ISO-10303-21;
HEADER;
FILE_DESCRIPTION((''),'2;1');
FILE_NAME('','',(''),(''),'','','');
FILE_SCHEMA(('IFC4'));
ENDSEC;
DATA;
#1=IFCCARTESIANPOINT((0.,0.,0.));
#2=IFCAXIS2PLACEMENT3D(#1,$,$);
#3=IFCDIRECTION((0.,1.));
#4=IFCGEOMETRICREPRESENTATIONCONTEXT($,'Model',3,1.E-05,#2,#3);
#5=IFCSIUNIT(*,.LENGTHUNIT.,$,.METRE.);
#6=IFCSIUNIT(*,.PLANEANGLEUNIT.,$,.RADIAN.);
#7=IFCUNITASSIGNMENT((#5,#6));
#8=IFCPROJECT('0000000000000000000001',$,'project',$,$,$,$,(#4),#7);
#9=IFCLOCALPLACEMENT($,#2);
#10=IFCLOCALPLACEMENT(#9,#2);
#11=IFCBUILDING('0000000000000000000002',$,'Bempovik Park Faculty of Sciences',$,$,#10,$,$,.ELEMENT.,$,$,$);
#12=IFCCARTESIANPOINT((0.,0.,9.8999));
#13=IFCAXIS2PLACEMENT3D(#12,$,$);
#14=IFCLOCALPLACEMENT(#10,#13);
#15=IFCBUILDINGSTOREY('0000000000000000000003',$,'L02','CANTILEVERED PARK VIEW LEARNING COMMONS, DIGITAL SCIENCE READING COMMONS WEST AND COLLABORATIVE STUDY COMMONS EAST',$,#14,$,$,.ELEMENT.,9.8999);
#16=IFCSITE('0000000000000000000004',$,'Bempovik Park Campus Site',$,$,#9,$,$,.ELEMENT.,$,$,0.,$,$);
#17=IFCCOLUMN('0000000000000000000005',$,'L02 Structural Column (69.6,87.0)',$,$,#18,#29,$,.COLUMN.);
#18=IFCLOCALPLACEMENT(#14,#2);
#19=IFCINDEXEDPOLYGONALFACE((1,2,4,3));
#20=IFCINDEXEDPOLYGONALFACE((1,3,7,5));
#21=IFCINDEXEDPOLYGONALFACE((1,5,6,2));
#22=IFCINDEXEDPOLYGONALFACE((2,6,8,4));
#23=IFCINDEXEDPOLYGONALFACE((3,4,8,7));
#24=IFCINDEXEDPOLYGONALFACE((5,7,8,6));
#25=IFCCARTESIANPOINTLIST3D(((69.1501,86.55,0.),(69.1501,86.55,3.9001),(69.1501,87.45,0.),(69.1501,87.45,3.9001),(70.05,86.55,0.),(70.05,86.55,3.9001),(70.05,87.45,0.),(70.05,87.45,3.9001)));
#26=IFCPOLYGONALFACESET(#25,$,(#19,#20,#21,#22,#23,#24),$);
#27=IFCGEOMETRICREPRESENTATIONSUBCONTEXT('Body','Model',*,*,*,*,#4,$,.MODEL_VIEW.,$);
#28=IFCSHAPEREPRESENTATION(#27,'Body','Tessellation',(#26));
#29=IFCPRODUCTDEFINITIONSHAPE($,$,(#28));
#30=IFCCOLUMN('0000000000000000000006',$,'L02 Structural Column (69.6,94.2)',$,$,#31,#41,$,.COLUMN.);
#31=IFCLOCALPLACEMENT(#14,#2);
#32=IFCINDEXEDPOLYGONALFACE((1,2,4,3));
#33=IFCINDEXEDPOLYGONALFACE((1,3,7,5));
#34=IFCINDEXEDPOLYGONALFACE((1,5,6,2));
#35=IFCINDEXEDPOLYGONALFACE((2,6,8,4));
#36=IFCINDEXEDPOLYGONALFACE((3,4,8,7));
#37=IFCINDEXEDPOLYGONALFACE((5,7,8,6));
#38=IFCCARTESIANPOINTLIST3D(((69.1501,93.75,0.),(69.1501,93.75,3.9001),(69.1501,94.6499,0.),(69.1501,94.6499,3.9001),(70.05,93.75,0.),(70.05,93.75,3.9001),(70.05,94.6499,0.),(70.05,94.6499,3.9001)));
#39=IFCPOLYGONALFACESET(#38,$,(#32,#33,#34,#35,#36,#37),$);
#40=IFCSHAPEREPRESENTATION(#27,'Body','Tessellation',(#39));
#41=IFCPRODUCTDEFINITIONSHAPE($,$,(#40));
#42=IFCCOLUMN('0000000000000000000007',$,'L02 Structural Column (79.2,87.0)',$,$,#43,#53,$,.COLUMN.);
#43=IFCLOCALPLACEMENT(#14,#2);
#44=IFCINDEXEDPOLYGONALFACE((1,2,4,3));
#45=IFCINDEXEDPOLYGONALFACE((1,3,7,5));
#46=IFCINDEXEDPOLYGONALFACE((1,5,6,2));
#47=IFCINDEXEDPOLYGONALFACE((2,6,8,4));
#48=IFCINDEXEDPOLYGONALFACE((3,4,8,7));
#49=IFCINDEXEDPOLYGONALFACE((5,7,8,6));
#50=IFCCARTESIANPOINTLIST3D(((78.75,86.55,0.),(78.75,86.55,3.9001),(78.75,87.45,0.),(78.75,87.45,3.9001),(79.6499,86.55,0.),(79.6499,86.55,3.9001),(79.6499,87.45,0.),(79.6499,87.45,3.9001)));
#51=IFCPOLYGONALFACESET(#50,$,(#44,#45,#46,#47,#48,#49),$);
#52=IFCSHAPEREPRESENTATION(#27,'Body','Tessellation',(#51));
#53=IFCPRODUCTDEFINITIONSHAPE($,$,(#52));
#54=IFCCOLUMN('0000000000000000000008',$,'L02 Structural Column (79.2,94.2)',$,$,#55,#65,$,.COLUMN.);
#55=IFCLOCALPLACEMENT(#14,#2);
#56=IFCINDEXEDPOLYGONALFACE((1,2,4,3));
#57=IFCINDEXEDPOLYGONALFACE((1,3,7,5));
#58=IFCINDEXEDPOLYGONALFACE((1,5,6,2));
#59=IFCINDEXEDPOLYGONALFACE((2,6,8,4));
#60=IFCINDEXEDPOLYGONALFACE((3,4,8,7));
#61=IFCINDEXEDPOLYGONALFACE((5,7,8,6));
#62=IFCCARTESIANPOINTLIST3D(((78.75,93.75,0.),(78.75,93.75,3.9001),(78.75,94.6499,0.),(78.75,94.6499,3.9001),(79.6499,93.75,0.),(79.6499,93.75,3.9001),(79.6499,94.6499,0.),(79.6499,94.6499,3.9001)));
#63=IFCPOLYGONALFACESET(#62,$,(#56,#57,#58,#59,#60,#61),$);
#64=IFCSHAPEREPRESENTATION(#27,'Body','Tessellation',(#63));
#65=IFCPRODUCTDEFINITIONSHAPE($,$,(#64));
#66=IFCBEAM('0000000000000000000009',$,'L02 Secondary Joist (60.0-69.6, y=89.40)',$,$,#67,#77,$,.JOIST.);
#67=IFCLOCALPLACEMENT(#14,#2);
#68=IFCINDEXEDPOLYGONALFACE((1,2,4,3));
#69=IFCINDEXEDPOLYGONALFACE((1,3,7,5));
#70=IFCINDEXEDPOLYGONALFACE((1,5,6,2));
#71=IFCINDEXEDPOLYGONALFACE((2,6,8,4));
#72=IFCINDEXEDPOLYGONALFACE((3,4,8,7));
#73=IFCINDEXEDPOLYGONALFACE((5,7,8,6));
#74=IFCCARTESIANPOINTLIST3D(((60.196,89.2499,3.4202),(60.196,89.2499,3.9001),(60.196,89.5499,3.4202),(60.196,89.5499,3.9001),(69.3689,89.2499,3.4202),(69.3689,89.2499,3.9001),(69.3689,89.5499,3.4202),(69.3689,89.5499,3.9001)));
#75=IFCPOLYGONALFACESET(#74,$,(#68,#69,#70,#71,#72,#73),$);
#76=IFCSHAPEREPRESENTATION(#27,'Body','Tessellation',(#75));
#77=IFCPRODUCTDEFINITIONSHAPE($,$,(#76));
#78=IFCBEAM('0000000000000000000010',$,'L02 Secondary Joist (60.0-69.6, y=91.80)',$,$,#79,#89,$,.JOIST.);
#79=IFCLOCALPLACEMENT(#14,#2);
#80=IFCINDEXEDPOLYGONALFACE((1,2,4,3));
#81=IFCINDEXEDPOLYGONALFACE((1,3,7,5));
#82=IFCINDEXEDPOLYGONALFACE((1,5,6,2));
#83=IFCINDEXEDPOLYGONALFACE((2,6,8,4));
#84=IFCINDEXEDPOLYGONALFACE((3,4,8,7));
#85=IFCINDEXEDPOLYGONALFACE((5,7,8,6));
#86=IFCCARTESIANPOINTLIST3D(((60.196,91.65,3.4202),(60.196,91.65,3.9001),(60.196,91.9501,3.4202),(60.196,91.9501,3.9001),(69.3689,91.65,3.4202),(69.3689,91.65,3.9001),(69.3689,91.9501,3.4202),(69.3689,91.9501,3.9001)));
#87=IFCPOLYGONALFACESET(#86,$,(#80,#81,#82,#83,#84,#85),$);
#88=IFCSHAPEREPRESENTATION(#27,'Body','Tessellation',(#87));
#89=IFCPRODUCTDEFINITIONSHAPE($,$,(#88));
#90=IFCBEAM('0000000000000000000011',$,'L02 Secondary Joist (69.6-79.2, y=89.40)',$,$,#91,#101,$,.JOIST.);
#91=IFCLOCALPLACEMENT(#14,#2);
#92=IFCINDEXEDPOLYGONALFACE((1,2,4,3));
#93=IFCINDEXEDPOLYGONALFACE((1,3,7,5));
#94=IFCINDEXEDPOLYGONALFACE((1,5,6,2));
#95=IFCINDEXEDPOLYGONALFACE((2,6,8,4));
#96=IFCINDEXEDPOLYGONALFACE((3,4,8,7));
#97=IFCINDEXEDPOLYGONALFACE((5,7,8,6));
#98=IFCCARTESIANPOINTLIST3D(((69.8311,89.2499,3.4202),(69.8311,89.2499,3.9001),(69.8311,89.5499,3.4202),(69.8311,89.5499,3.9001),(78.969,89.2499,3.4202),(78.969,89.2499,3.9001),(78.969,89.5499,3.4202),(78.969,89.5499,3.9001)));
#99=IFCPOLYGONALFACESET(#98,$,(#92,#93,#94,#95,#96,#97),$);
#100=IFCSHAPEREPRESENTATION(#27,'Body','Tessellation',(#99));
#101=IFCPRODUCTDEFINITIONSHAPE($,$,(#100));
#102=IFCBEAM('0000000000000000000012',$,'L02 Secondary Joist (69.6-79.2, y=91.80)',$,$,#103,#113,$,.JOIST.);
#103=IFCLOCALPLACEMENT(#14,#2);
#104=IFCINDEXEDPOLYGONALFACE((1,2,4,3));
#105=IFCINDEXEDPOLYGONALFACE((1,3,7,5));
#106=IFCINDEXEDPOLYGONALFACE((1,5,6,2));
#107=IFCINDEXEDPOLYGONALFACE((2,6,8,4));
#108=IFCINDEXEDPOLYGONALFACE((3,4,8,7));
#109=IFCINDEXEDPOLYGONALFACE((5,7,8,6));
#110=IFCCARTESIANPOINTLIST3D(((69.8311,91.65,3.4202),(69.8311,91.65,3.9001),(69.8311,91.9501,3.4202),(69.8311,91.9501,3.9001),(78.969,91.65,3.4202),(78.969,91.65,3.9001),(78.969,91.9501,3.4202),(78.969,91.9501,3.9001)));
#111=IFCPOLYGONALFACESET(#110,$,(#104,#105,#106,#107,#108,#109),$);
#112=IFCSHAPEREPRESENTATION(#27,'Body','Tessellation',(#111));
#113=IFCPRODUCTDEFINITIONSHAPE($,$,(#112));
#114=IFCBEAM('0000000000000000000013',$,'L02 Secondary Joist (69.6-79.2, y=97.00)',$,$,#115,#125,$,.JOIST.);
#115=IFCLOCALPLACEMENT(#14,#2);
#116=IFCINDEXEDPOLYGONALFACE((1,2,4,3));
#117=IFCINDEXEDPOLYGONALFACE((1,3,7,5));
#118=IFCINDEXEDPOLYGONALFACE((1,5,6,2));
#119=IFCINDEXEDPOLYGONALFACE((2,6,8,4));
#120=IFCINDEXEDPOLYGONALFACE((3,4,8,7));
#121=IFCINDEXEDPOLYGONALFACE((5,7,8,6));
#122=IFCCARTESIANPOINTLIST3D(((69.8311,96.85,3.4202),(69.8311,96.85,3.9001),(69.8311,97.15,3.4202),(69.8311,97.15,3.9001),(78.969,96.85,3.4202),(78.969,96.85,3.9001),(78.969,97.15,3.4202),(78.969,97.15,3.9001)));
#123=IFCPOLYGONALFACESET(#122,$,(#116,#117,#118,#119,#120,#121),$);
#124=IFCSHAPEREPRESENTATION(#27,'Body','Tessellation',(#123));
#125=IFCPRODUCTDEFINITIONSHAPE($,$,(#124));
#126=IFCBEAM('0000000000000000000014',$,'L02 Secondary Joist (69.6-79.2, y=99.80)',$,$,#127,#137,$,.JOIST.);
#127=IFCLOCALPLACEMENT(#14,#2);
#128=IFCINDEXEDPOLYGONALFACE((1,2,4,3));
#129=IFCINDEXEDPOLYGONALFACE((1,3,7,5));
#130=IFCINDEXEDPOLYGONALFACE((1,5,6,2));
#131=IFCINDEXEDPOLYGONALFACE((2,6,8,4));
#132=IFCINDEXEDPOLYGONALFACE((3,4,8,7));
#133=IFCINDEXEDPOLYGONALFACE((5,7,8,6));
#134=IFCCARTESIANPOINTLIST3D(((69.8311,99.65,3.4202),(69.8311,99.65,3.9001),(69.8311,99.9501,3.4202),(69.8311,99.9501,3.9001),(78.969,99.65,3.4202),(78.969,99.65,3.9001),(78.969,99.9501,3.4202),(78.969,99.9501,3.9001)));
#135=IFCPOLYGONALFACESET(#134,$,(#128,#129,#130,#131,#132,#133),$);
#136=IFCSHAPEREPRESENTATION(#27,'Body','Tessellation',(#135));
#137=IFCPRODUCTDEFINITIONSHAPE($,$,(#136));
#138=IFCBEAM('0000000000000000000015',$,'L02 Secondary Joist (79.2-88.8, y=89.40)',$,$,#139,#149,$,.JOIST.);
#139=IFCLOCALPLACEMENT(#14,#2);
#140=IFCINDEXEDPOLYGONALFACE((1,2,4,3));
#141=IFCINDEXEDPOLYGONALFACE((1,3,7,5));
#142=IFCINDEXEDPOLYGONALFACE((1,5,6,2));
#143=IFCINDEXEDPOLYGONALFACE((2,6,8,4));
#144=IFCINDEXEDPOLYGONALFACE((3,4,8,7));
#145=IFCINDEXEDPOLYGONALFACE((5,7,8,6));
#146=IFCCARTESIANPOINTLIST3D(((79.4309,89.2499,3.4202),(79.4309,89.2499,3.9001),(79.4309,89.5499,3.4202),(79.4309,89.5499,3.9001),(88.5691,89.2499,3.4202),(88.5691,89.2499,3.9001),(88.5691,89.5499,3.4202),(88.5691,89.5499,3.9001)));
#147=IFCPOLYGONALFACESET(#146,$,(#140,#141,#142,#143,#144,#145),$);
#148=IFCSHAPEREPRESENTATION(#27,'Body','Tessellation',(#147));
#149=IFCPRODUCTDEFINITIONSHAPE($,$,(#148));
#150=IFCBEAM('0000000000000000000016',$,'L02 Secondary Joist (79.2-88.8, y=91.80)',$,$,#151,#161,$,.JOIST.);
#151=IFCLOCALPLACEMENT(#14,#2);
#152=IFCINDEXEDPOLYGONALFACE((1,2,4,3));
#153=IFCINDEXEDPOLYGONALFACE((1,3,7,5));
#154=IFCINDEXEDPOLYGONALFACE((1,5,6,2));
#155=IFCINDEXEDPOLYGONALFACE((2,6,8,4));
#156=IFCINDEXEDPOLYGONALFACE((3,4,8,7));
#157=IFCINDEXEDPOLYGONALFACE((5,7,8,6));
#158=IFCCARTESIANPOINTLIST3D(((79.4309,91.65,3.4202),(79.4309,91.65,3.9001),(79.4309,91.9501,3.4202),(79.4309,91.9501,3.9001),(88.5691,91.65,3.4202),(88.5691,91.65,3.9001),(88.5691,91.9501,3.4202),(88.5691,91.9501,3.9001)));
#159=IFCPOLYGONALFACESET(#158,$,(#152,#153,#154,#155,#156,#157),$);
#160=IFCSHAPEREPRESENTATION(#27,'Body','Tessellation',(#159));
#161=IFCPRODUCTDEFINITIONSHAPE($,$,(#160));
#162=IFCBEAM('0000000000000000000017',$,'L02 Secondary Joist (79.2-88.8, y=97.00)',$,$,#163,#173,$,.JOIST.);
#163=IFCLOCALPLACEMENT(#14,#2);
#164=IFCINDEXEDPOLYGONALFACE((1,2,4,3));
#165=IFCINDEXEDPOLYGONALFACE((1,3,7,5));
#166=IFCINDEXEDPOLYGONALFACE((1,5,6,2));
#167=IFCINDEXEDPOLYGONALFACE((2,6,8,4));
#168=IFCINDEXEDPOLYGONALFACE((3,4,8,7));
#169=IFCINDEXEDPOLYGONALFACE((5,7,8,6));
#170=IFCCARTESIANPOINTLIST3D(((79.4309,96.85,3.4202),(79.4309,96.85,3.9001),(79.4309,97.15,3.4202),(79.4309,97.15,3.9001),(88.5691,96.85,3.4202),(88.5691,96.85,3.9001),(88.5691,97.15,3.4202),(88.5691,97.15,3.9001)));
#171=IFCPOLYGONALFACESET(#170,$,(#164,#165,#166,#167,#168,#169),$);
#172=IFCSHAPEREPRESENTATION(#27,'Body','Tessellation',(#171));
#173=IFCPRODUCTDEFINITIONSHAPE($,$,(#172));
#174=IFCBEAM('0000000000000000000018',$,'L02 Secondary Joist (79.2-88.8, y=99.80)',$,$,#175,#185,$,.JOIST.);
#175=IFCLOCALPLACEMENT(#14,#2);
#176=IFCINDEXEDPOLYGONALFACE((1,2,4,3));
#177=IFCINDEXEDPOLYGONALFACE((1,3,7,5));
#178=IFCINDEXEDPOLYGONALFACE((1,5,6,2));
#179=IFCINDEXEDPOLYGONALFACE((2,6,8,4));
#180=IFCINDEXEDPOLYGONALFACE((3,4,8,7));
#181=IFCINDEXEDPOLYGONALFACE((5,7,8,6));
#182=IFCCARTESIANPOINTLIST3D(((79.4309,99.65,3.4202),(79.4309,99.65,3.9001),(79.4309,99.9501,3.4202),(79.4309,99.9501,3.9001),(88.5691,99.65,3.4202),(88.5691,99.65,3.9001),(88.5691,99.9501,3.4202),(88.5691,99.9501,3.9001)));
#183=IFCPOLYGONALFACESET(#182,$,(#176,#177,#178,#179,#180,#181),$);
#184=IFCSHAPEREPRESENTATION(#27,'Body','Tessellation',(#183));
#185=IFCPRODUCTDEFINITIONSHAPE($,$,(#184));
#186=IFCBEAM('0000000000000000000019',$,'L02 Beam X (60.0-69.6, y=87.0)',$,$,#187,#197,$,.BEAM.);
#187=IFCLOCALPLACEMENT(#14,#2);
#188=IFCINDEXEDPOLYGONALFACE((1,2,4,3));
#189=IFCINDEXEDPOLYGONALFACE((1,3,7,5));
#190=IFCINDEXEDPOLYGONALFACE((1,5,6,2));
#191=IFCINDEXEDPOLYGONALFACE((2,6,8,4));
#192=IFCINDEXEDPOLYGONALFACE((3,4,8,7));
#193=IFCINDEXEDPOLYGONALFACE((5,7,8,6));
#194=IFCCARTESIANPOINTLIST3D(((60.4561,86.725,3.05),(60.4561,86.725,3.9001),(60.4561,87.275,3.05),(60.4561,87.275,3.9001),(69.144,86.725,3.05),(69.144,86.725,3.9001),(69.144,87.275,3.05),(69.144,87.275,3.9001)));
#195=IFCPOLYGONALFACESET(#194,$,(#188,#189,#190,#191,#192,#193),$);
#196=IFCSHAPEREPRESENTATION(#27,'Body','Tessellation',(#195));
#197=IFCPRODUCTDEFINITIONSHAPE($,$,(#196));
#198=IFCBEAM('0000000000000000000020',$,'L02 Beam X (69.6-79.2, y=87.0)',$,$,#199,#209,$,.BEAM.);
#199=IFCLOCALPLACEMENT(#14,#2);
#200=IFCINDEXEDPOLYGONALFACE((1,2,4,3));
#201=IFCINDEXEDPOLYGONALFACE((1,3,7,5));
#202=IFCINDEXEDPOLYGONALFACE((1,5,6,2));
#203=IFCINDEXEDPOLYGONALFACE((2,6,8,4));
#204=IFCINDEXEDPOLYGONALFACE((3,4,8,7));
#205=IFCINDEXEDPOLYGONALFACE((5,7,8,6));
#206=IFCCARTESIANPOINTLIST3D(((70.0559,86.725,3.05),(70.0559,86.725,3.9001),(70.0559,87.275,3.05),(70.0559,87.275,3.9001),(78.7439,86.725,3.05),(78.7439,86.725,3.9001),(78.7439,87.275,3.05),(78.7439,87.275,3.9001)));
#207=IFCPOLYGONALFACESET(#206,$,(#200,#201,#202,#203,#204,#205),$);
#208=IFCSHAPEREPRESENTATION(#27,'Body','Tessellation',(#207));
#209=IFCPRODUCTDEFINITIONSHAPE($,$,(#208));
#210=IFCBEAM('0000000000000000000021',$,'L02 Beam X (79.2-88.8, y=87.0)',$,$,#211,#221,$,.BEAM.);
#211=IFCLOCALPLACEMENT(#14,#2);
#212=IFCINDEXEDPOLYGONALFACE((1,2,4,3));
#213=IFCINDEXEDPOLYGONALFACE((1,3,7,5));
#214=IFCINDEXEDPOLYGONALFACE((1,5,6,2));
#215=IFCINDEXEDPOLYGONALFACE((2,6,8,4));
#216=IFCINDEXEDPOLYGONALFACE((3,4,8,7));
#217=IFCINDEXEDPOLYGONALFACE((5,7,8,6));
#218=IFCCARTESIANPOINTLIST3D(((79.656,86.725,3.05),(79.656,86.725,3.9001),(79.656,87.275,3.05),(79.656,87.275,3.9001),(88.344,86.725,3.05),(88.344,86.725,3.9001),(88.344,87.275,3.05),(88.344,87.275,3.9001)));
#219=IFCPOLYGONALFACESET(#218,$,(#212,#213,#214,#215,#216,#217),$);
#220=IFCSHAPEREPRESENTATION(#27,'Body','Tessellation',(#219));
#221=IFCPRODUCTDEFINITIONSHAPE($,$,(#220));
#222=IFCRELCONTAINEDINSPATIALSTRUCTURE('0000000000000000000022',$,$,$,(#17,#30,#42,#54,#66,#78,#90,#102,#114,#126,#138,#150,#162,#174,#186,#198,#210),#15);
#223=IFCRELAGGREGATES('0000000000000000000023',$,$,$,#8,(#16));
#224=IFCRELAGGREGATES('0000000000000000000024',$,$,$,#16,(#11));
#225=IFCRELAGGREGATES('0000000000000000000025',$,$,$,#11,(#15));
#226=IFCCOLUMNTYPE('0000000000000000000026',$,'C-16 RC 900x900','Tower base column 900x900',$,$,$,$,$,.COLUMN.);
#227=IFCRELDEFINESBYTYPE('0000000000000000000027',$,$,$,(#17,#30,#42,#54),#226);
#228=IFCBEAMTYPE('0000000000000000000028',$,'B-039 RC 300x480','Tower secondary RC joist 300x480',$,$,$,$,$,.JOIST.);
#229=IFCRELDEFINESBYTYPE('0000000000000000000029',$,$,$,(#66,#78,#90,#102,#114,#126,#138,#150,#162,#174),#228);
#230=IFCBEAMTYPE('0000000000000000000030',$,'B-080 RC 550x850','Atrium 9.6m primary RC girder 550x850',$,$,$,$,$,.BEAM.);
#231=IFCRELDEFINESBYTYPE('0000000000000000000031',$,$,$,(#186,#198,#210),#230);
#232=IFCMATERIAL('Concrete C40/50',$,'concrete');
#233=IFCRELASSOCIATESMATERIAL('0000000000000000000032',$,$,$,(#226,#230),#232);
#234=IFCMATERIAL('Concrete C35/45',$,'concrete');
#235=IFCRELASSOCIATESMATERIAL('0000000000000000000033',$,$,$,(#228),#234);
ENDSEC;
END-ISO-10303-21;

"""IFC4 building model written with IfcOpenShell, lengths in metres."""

from ifc_helpers import new_model, si_unit, direction, frame, origin, origin_2d, place, context, subcontext, project, spatial, rectangle, extrude, material, material_profile, profile_set, type_object, element, save


model = new_model("IFC4")

# Units and contexts
model_context = context("Model", 3, precision=1e-05, world=origin(), true_north=direction((0.0, 1.0)))
body_context = subcontext(model_context, "Body", "Model", "MODEL_VIEW")
ifc_project = project(units=[si_unit("LENGTHUNIT", "METRE"), si_unit("PLANEANGLEUNIT", "RADIAN")], contexts=[model_context])

# Site, building, storey
site_placement = place(None, origin())
site = spatial("IfcSite", under=ifc_project, at=site_placement, Name="Bempovik Park Campus Site", CompositionType="ELEMENT", RefElevation=0.0)
building_placement = place(site_placement, origin())
building = spatial("IfcBuilding", under=site, at=building_placement, Name="Bempovik Park Faculty of Sciences", CompositionType="ELEMENT")
storey_placement = place(building_placement, frame((0.0, 0.0, 9.8999)))
storey = spatial("IfcBuildingStorey", under=building, at=storey_placement, Name="L02", Description="CANTILEVERED PARK VIEW LEARNING COMMONS, DIGITAL SCIENCE READING COMMONS WEST AND COLLABORATIVE STUDY COMMONS EAST", CompositionType="ELEMENT", Elevation=9.8999)

# Columns
ifc_material_1 = material(Name="Concrete C40/50", Category="concrete")
ifc_material_profile_1 = material_profile(ifc_material_1, rectangle(XDim=0.8999, YDim=0.8999, at=origin_2d()), Name="RC 900x900")
ifc_profile_set_1 = profile_set([ifc_material_profile_1], Name="Concrete C40/50")
column_type = type_object("IfcColumnType", Name="C-16 RC 900x900", Description="Tower base column 900x900", PredefinedType="COLUMN", material=ifc_profile_set_1)
for number, where, z_axis, x_axis, name in (
    (1, (69.6001, 87.0, 0.0), (0.0, 0.0, 1.0), (1.0, 0.0, 0.0), "L02 Structural Column (69.6,87.0)"),
    (2, (69.6001, 94.2, 0.0), (0.0, 0.0, 1.0), (1.0, 0.0, 0.0), "L02 Structural Column (69.6,94.2)"),
    (3, (79.2, 87.0, 0.0), (0.0, 0.0, 1.0), (1.0, 0.0, 0.0), "L02 Structural Column (79.2,87.0)"),
    (4, (79.2, 94.2, 0.0), (0.0, 0.0, 1.0), (1.0, 0.0, 0.0), "L02 Structural Column (79.2,94.2)"),
):
    element("IfcColumn", number, at=place(storey_placement, frame(where, z_axis=z_axis, x_axis=x_axis)), inside=storey, type_object=column_type, Name=name, PredefinedType="COLUMN", context=body_context, shape_type="SweptSolid", body=[
        extrude(rectangle(XDim=0.8999, YDim=0.8999, at=origin_2d()), origin(), (0.0, 0.0, 1.0), 3.9001),
    ])

# Beams
ifc_material_2 = material(Name="Concrete C35/45", Category="concrete")
ifc_material_profile_2 = material_profile(ifc_material_2, rectangle(XDim=0.3, YDim=0.48, at=origin_2d()), Name="RC 300x480")
ifc_profile_set_2 = profile_set([ifc_material_profile_2], Name="Concrete C35/45")
beam_type_1 = type_object("IfcBeamType", Name="B-039 RC 300x480", Description="Tower secondary RC joist 300x480", PredefinedType="JOIST", material=ifc_profile_set_2)
for number, where, z_axis, x_axis, name in (
    (5, (60.196, 89.3999, 3.6602), (1.0, 0.0, 0.0), (0.0, 1.0, 0.0), "L02 Secondary Joist (60.0-69.6, y=89.40)"),
    (6, (60.196, 91.8, 3.6602), (1.0, 0.0, 0.0), (0.0, 1.0, 0.0), "L02 Secondary Joist (60.0-69.6, y=91.80)"),
):
    element("IfcBeam", number, at=place(storey_placement, frame(where, z_axis=z_axis, x_axis=x_axis)), inside=storey, type_object=beam_type_1, Name=name, PredefinedType="JOIST", context=body_context, shape_type="SweptSolid", body=[
        extrude(rectangle(XDim=0.3, YDim=0.48, at=origin_2d()), origin(), (0.0, 0.0, 1.0), 9.1729),
    ])
for number, where, z_axis, x_axis, name in (
    (7, (69.8311, 89.3999, 3.6602), (1.0, 0.0, 0.0), (0.0, 1.0, 0.0), "L02 Secondary Joist (69.6-79.2, y=89.40)"),
    (8, (69.8311, 91.8, 3.6602), (1.0, 0.0, 0.0), (0.0, 1.0, 0.0), "L02 Secondary Joist (69.6-79.2, y=91.80)"),
    (9, (69.8311, 97.0, 3.6602), (1.0, 0.0, 0.0), (0.0, 1.0, 0.0), "L02 Secondary Joist (69.6-79.2, y=97.00)"),
    (10, (69.8311, 99.8, 3.6602), (1.0, 0.0, 0.0), (0.0, 1.0, 0.0), "L02 Secondary Joist (69.6-79.2, y=99.80)"),
):
    element("IfcBeam", number, at=place(storey_placement, frame(where, z_axis=z_axis, x_axis=x_axis)), inside=storey, type_object=beam_type_1, Name=name, PredefinedType="JOIST", context=body_context, shape_type="SweptSolid", body=[
        extrude(rectangle(XDim=0.3, YDim=0.48, at=origin_2d()), origin(), (0.0, 0.0, 1.0), 9.1379),
    ])
for number, where, z_axis, x_axis, name in (
    (11, (79.4309, 89.3999, 3.6602), (1.0, 0.0, 0.0), (0.0, 1.0, 0.0), "L02 Secondary Joist (79.2-88.8, y=89.40)"),
    (12, (79.4309, 91.8, 3.6602), (1.0, 0.0, 0.0), (0.0, 1.0, 0.0), "L02 Secondary Joist (79.2-88.8, y=91.80)"),
    (13, (79.4309, 97.0, 3.6602), (1.0, 0.0, 0.0), (0.0, 1.0, 0.0), "L02 Secondary Joist (79.2-88.8, y=97.00)"),
    (14, (79.4309, 99.8, 3.6602), (1.0, 0.0, 0.0), (0.0, 1.0, 0.0), "L02 Secondary Joist (79.2-88.8, y=99.80)"),
):
    element("IfcBeam", number, at=place(storey_placement, frame(where, z_axis=z_axis, x_axis=x_axis)), inside=storey, type_object=beam_type_1, Name=name, PredefinedType="JOIST", context=body_context, shape_type="SweptSolid", body=[
        extrude(rectangle(XDim=0.3, YDim=0.48, at=origin_2d()), origin(), (0.0, 0.0, 1.0), 9.1382),
    ])
ifc_material_profile_3 = material_profile(ifc_material_1, rectangle(XDim=0.55, YDim=0.8501, at=origin_2d()), Name="RC 550x850")
ifc_profile_set_3 = profile_set([ifc_material_profile_3], Name="Concrete C40/50")
beam_type_2 = type_object("IfcBeamType", Name="B-080 RC 550x850", Description="Atrium 9.6m primary RC girder 550x850", PredefinedType="BEAM", material=ifc_profile_set_3)
for number, where, z_axis, x_axis, name in (
    (15, (60.4561, 87.0, 3.4751), (1.0, 0.0, 0.0), (0.0, 1.0, 0.0), "L02 Beam X (60.0-69.6, y=87.0)"),
    (16, (70.0559, 87.0, 3.4751), (1.0, 0.0, 0.0), (0.0, 1.0, 0.0), "L02 Beam X (69.6-79.2, y=87.0)"),
    (17, (79.656, 87.0, 3.4751), (1.0, 0.0, 0.0), (0.0, 1.0, 0.0), "L02 Beam X (79.2-88.8, y=87.0)"),
):
    element("IfcBeam", number, at=place(storey_placement, frame(where, z_axis=z_axis, x_axis=x_axis)), inside=storey, type_object=beam_type_2, Name=name, PredefinedType="BEAM", context=body_context, shape_type="SweptSolid", body=[
        extrude(rectangle(XDim=0.55, YDim=0.8501, at=origin_2d()), origin(), (0.0, 0.0, 1.0), 8.688),
    ])

save(model, "model.ifc")
